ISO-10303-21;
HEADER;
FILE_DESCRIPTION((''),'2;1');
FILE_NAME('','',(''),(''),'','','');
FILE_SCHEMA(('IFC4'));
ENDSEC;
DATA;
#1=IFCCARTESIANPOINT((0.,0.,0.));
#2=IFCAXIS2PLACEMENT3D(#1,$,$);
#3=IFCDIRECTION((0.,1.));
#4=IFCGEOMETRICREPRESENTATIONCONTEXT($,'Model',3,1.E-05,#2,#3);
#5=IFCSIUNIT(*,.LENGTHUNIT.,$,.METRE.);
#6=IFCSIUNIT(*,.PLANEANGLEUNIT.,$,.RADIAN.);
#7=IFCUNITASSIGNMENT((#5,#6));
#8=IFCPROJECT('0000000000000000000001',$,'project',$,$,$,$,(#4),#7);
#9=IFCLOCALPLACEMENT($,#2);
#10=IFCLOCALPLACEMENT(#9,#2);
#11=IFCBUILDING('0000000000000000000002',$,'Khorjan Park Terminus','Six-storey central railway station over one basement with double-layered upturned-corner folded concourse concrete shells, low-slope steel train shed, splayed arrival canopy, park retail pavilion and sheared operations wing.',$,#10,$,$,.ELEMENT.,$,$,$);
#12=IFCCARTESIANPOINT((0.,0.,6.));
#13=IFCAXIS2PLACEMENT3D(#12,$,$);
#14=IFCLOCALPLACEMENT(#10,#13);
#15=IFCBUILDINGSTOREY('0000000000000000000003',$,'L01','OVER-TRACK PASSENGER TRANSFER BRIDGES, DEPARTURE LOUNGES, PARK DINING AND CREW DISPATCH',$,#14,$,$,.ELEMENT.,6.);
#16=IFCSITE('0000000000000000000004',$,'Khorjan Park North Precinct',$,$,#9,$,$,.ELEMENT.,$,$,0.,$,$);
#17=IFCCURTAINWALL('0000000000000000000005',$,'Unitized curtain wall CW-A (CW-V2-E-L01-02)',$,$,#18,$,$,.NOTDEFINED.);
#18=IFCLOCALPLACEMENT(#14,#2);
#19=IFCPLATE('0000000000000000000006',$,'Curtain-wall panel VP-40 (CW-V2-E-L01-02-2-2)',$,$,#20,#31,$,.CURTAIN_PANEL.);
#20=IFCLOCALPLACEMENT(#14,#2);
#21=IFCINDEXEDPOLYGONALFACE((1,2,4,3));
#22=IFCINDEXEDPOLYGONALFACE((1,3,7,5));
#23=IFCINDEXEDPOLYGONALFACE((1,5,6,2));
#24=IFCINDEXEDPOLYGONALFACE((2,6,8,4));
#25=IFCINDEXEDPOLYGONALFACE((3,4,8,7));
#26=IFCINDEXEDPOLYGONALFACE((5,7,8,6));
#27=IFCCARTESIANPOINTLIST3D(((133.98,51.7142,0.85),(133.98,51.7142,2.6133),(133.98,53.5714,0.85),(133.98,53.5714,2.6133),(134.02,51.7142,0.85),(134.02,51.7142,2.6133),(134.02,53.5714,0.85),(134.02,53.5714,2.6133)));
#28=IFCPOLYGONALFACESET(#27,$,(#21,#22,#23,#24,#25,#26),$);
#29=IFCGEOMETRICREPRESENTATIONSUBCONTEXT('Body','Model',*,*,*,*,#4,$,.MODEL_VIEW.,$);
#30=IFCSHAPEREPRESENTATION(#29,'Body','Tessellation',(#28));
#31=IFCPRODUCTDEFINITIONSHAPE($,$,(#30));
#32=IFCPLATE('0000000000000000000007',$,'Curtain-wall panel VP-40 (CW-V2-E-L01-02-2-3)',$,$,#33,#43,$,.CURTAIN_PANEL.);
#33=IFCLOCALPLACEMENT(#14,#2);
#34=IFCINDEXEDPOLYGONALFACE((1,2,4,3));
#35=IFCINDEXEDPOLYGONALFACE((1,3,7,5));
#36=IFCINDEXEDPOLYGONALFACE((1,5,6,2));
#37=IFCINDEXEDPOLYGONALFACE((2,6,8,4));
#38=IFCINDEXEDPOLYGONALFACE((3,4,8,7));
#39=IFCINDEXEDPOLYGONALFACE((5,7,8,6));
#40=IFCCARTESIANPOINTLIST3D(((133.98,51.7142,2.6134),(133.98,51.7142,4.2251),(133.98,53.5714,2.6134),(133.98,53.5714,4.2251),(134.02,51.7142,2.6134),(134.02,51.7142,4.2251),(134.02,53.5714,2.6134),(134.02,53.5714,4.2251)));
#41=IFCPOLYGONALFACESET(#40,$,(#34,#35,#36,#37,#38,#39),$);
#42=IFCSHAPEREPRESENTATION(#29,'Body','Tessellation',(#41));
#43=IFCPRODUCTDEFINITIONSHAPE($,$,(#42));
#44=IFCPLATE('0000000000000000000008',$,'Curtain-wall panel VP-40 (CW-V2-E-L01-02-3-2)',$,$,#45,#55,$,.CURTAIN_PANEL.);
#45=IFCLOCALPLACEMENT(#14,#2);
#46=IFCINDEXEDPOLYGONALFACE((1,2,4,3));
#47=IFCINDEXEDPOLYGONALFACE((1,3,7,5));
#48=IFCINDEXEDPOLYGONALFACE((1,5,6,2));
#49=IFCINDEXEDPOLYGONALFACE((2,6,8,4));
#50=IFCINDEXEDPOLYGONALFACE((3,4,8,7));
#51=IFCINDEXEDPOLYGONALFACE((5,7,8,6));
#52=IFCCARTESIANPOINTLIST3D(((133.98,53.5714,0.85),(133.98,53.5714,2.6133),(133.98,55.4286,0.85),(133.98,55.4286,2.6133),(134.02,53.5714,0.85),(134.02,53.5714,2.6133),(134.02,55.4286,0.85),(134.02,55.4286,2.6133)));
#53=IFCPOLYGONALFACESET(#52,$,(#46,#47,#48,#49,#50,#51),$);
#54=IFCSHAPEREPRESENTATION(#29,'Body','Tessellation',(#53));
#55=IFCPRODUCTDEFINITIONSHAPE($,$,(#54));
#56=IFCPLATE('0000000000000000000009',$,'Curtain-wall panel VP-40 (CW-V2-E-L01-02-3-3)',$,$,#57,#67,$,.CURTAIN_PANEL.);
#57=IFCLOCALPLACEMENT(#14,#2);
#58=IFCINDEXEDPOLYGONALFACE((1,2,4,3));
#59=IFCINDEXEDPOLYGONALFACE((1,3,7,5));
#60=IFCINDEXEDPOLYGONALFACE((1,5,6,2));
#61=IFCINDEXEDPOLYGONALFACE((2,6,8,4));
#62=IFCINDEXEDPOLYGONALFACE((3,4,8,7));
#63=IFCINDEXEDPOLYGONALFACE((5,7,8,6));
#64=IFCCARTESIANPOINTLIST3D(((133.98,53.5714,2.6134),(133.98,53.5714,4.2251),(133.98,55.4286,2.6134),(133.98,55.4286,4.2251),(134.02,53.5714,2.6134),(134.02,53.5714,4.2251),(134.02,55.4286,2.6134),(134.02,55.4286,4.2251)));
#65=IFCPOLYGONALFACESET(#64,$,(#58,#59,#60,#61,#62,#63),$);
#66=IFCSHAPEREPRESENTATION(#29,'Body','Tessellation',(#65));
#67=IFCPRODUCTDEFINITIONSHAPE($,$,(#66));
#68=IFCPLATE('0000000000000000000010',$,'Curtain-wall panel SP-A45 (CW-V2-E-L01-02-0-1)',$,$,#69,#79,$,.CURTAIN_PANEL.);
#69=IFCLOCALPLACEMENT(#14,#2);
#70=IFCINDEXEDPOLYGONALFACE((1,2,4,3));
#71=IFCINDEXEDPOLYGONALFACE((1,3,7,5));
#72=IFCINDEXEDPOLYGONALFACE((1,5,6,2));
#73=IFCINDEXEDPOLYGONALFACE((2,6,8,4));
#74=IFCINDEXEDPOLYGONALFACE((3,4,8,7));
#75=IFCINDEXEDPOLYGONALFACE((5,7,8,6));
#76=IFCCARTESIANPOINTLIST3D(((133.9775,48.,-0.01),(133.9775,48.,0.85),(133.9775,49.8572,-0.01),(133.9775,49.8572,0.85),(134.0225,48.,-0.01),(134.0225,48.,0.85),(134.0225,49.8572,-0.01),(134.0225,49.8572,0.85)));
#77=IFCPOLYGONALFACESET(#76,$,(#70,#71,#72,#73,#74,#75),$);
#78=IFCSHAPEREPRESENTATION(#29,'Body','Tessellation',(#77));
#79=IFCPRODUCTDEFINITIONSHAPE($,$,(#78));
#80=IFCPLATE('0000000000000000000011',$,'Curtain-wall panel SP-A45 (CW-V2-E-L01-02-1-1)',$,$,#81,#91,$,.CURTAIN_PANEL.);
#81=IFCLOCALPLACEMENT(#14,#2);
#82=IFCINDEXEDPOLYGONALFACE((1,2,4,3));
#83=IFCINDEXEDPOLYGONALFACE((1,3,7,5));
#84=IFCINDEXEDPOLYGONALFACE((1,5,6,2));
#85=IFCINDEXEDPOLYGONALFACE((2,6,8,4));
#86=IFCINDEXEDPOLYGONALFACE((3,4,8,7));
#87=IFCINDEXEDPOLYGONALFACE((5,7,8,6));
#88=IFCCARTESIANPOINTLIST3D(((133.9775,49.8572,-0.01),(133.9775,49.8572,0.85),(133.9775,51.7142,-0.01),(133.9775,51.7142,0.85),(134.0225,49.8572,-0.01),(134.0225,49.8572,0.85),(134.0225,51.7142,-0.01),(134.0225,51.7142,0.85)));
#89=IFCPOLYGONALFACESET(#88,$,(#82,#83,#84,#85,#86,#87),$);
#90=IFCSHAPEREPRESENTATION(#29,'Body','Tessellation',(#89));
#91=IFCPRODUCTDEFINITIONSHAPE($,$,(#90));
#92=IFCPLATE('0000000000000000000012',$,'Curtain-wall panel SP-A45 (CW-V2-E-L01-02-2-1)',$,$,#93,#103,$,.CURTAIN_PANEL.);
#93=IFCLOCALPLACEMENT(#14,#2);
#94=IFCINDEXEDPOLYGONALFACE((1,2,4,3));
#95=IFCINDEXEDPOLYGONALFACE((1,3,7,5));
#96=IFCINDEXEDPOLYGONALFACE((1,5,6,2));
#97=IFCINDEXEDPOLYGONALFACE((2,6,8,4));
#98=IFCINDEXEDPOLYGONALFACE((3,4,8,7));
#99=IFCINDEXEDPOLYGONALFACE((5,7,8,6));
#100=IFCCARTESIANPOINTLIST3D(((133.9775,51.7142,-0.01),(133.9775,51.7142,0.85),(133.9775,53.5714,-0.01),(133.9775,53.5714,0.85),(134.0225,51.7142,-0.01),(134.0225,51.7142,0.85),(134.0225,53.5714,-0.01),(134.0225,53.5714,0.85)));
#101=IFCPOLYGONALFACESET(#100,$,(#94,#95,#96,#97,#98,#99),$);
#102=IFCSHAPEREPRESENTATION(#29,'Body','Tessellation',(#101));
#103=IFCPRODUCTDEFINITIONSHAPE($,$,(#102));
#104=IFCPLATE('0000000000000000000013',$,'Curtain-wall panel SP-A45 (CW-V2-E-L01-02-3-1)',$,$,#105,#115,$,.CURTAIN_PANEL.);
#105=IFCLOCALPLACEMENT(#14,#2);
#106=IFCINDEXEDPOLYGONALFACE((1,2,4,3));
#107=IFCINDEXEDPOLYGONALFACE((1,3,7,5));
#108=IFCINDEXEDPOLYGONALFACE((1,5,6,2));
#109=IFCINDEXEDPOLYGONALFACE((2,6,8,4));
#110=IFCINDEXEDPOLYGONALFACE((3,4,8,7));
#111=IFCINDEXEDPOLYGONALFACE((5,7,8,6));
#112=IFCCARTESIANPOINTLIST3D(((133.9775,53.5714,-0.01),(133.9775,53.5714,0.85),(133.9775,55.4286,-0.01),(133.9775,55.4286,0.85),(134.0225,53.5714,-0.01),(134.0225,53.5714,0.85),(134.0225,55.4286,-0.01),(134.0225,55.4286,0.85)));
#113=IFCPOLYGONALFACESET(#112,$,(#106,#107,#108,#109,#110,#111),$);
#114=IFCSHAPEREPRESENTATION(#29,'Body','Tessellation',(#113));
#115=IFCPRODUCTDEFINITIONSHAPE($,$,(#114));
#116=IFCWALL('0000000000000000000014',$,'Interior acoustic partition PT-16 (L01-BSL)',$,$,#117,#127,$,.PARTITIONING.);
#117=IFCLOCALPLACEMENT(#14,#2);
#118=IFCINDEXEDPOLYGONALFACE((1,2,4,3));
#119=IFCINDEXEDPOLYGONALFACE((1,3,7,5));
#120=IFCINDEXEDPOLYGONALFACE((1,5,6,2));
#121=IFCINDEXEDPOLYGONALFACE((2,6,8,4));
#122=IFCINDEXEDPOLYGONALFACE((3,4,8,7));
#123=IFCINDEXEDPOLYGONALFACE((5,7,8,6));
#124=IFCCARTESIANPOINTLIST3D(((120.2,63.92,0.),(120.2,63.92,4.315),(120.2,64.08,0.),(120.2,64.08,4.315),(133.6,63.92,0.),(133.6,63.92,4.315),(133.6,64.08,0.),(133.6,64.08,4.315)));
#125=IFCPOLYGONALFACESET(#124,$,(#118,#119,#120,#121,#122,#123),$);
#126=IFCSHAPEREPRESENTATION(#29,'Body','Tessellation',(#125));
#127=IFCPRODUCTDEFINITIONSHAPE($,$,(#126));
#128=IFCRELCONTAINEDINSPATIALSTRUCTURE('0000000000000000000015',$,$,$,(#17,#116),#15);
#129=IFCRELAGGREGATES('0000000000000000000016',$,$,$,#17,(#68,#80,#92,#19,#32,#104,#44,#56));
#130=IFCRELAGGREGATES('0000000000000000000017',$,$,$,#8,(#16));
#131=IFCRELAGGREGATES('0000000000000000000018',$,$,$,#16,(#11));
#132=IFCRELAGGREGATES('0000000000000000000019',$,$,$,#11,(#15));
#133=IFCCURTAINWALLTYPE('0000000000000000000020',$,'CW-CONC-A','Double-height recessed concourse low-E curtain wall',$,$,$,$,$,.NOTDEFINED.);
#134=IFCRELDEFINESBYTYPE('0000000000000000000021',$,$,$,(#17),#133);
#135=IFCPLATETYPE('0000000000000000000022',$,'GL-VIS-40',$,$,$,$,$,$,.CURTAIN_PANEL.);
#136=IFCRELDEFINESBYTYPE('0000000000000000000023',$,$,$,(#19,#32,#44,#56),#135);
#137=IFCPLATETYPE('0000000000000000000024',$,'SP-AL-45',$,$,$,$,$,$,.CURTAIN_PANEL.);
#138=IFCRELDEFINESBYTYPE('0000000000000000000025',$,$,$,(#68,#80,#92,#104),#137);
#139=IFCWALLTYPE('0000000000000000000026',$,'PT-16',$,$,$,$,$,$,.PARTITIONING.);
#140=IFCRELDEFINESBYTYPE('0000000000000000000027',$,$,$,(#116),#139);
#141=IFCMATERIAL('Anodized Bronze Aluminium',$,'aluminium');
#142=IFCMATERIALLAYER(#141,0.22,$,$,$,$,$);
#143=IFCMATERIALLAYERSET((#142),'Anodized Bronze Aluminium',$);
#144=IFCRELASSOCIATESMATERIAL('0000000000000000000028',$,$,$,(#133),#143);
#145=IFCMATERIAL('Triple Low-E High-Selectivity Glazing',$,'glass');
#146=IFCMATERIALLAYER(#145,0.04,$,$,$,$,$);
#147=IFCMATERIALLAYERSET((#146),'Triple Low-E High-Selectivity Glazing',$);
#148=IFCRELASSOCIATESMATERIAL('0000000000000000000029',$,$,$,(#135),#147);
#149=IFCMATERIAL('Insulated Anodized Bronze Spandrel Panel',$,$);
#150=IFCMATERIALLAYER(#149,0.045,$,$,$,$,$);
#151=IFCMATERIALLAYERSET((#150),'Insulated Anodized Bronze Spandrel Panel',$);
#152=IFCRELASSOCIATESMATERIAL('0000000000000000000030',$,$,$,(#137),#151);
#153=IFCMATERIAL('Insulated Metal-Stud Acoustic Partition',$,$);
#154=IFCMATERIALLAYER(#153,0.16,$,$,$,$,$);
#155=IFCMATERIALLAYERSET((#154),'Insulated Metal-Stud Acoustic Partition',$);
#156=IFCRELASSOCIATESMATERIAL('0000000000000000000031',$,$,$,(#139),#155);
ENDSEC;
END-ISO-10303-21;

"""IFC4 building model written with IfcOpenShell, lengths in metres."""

from ifc_helpers import new_model, si_unit, direction, frame, frame_2d, origin, origin_2d, place, context, subcontext, project, spatial, rectangle, extrude, material, layer, layer_set, type_object, element, aggregate, save


model = new_model("IFC4")

# Units and contexts
model_context = context("Model", 3, precision=1e-05, world=origin(), true_north=direction((0.0, 1.0)))
body_context = subcontext(model_context, "Body", "Model", "MODEL_VIEW")
ifc_project = project(units=[si_unit("LENGTHUNIT", "METRE"), si_unit("PLANEANGLEUNIT", "RADIAN")], contexts=[model_context])

# Site, building, storey
site_placement = place(None, origin())
site = spatial("IfcSite", under=ifc_project, at=site_placement, Name="Khorjan Park North Precinct", CompositionType="ELEMENT", RefElevation=0.0)
building_placement = place(site_placement, origin())
building = spatial("IfcBuilding", under=site, at=building_placement, Name="Khorjan Park Terminus", Description="Six-storey central railway station over one basement with double-layered upturned-corner folded concourse concrete shells, low-slope steel train shed, splayed arrival canopy, park retail pavilion and sheared operations wing.", CompositionType="ELEMENT")
storey_placement = place(building_placement, frame((0.0, 0.0, 6.0)))
storey = spatial("IfcBuildingStorey", under=building, at=storey_placement, Name="L01", Description="OVER-TRACK PASSENGER TRANSFER BRIDGES, DEPARTURE LOUNGES, PARK DINING AND CREW DISPATCH", CompositionType="ELEMENT", Elevation=6.0)

# Curtain wall, plates
ifc_material_1 = material(Name="Anodized Bronze Aluminium", Category="aluminium")
ifc_layer_1 = layer(ifc_material_1, 0.22)
ifc_layer_set_1 = layer_set([ifc_layer_1], Name="Anodized Bronze Aluminium")
curtain_wall_type = type_object("IfcCurtainWallType", Name="CW-CONC-A", Description="Double-height recessed concourse low-E curtain wall", PredefinedType="NOTDEFINED", material=ifc_layer_set_1)
curtain_wall_placement = place(storey_placement, origin())
curtain_wall = element("IfcCurtainWall", 1, at=curtain_wall_placement, inside=storey, type_object=curtain_wall_type, Name="Unitized curtain wall CW-A (CW-V2-E-L01-02)", PredefinedType="NOTDEFINED")
ifc_material_2 = material(Name="Triple Low-E High-Selectivity Glazing", Category="glass")
ifc_layer_2 = layer(ifc_material_2, 0.04)
ifc_layer_set_2 = layer_set([ifc_layer_2], Name="Triple Low-E High-Selectivity Glazing")
plate_type_1 = type_object("IfcPlateType", Name="GL-VIS-40", PredefinedType="CURTAIN_PANEL", material=ifc_layer_set_2)
plate_1_placement = place(storey_placement, frame((134.0, 52.6428, 0.85), z_axis=(0.0, 0.0, 1.0), x_axis=(0.0, 1.0, 0.0)))
plate_1 = element("IfcPlate", 2, at=plate_1_placement, type_object=plate_type_1, Name="Curtain-wall panel VP-40 (CW-V2-E-L01-02-2-2)", PredefinedType="CURTAIN_PANEL", context=body_context, shape_type="SweptSolid", body=[
    extrude(rectangle(XDim=1.8571, YDim=0.04, at=origin_2d()), origin(), (0.0, 0.0, 1.0), 1.7633),
])
plate_2_placement = place(storey_placement, frame((134.0, 52.6428, 2.6134), z_axis=(0.0, 0.0, 1.0), x_axis=(0.0, 1.0, 0.0)))
plate_2 = element("IfcPlate", 3, at=plate_2_placement, type_object=plate_type_1, Name="Curtain-wall panel VP-40 (CW-V2-E-L01-02-2-3)", PredefinedType="CURTAIN_PANEL", context=body_context, shape_type="SweptSolid", body=[
    extrude(rectangle(XDim=1.8571, YDim=0.04, at=origin_2d()), origin(), (0.0, 0.0, 1.0), 1.6117),
])
plate_3_placement = place(storey_placement, frame((134.0, 54.5, 0.85), z_axis=(0.0, 0.0, 1.0), x_axis=(0.0, 1.0, 0.0)))
plate_3 = element("IfcPlate", 4, at=plate_3_placement, type_object=plate_type_1, Name="Curtain-wall panel VP-40 (CW-V2-E-L01-02-3-2)", PredefinedType="CURTAIN_PANEL", context=body_context, shape_type="SweptSolid", body=[
    extrude(rectangle(XDim=1.8571, YDim=0.04, at=origin_2d()), origin(), (0.0, 0.0, 1.0), 1.7633),
])
plate_4_placement = place(storey_placement, frame((134.0, 54.5, 2.6134), z_axis=(0.0, 0.0, 1.0), x_axis=(0.0, 1.0, 0.0)))
plate_4 = element("IfcPlate", 5, at=plate_4_placement, type_object=plate_type_1, Name="Curtain-wall panel VP-40 (CW-V2-E-L01-02-3-3)", PredefinedType="CURTAIN_PANEL", context=body_context, shape_type="SweptSolid", body=[
    extrude(rectangle(XDim=1.8571, YDim=0.04, at=origin_2d()), origin(), (0.0, 0.0, 1.0), 1.6117),
])
ifc_material_3 = material(Name="Insulated Anodized Bronze Spandrel Panel")
ifc_layer_3 = layer(ifc_material_3, 0.045)
ifc_layer_set_3 = layer_set([ifc_layer_3], Name="Insulated Anodized Bronze Spandrel Panel")
plate_type_2 = type_object("IfcPlateType", Name="SP-AL-45", PredefinedType="CURTAIN_PANEL", material=ifc_layer_set_3)
plate_5_placement = place(storey_placement, frame((134.0, 48.9286, -0.01), z_axis=(0.0, 0.0, 1.0), x_axis=(0.0, 1.0, 0.0)))
plate_5 = element("IfcPlate", 6, at=plate_5_placement, type_object=plate_type_2, Name="Curtain-wall panel SP-A45 (CW-V2-E-L01-02-0-1)", PredefinedType="CURTAIN_PANEL", context=body_context, shape_type="SweptSolid", body=[
    extrude(rectangle(XDim=1.8571, YDim=0.045, at=origin_2d()), origin(), (0.0, 0.0, 1.0), 0.86),
])
plate_6_placement = place(storey_placement, frame((134.0, 50.7857, -0.01), z_axis=(0.0, 0.0, 1.0), x_axis=(0.0, 1.0, 0.0)))
plate_6 = element("IfcPlate", 7, at=plate_6_placement, type_object=plate_type_2, Name="Curtain-wall panel SP-A45 (CW-V2-E-L01-02-1-1)", PredefinedType="CURTAIN_PANEL", context=body_context, shape_type="SweptSolid", body=[
    extrude(rectangle(XDim=1.8571, YDim=0.045, at=origin_2d()), origin(), (0.0, 0.0, 1.0), 0.86),
])
plate_7_placement = place(storey_placement, frame((134.0, 52.6428, -0.01), z_axis=(0.0, 0.0, 1.0), x_axis=(0.0, 1.0, 0.0)))
plate_7 = element("IfcPlate", 8, at=plate_7_placement, type_object=plate_type_2, Name="Curtain-wall panel SP-A45 (CW-V2-E-L01-02-2-1)", PredefinedType="CURTAIN_PANEL", context=body_context, shape_type="SweptSolid", body=[
    extrude(rectangle(XDim=1.8571, YDim=0.045, at=origin_2d()), origin(), (0.0, 0.0, 1.0), 0.86),
])
plate_8_placement = place(storey_placement, frame((134.0, 54.5, -0.01), z_axis=(0.0, 0.0, 1.0), x_axis=(0.0, 1.0, 0.0)))
plate_8 = element("IfcPlate", 9, at=plate_8_placement, type_object=plate_type_2, Name="Curtain-wall panel SP-A45 (CW-V2-E-L01-02-3-1)", PredefinedType="CURTAIN_PANEL", context=body_context, shape_type="SweptSolid", body=[
    extrude(rectangle(XDim=1.8571, YDim=0.045, at=origin_2d()), origin(), (0.0, 0.0, 1.0), 0.86),
])
aggregate(curtain_wall, [plate_5, plate_6, plate_7, plate_1, plate_2, plate_8, plate_3, plate_4])

# Wall
ifc_material_4 = material(Name="Insulated Metal-Stud Acoustic Partition")
ifc_layer_4 = layer(ifc_material_4, 0.16)
ifc_layer_set_4 = layer_set([ifc_layer_4], Name="Insulated Metal-Stud Acoustic Partition")
wall_type = type_object("IfcWallType", Name="PT-16", PredefinedType="PARTITIONING", material=ifc_layer_set_4)
wall_placement = place(storey_placement, frame((133.6, 64.0, 0.0), z_axis=(0.0, 0.0, 1.0), x_axis=(-1.0, 0.0, 0.0)))
element("IfcWall", 10, at=wall_placement, inside=storey, type_object=wall_type, Name="Interior acoustic partition PT-16 (L01-BSL)", PredefinedType="PARTITIONING", context=body_context, shape_type="SweptSolid", body=[
    extrude(rectangle(XDim=13.4, YDim=0.16, at=frame_2d((6.7, 0.0))), origin(), (0.0, 0.0, 1.0), 4.315),
])

save(model, "model.ifc")
